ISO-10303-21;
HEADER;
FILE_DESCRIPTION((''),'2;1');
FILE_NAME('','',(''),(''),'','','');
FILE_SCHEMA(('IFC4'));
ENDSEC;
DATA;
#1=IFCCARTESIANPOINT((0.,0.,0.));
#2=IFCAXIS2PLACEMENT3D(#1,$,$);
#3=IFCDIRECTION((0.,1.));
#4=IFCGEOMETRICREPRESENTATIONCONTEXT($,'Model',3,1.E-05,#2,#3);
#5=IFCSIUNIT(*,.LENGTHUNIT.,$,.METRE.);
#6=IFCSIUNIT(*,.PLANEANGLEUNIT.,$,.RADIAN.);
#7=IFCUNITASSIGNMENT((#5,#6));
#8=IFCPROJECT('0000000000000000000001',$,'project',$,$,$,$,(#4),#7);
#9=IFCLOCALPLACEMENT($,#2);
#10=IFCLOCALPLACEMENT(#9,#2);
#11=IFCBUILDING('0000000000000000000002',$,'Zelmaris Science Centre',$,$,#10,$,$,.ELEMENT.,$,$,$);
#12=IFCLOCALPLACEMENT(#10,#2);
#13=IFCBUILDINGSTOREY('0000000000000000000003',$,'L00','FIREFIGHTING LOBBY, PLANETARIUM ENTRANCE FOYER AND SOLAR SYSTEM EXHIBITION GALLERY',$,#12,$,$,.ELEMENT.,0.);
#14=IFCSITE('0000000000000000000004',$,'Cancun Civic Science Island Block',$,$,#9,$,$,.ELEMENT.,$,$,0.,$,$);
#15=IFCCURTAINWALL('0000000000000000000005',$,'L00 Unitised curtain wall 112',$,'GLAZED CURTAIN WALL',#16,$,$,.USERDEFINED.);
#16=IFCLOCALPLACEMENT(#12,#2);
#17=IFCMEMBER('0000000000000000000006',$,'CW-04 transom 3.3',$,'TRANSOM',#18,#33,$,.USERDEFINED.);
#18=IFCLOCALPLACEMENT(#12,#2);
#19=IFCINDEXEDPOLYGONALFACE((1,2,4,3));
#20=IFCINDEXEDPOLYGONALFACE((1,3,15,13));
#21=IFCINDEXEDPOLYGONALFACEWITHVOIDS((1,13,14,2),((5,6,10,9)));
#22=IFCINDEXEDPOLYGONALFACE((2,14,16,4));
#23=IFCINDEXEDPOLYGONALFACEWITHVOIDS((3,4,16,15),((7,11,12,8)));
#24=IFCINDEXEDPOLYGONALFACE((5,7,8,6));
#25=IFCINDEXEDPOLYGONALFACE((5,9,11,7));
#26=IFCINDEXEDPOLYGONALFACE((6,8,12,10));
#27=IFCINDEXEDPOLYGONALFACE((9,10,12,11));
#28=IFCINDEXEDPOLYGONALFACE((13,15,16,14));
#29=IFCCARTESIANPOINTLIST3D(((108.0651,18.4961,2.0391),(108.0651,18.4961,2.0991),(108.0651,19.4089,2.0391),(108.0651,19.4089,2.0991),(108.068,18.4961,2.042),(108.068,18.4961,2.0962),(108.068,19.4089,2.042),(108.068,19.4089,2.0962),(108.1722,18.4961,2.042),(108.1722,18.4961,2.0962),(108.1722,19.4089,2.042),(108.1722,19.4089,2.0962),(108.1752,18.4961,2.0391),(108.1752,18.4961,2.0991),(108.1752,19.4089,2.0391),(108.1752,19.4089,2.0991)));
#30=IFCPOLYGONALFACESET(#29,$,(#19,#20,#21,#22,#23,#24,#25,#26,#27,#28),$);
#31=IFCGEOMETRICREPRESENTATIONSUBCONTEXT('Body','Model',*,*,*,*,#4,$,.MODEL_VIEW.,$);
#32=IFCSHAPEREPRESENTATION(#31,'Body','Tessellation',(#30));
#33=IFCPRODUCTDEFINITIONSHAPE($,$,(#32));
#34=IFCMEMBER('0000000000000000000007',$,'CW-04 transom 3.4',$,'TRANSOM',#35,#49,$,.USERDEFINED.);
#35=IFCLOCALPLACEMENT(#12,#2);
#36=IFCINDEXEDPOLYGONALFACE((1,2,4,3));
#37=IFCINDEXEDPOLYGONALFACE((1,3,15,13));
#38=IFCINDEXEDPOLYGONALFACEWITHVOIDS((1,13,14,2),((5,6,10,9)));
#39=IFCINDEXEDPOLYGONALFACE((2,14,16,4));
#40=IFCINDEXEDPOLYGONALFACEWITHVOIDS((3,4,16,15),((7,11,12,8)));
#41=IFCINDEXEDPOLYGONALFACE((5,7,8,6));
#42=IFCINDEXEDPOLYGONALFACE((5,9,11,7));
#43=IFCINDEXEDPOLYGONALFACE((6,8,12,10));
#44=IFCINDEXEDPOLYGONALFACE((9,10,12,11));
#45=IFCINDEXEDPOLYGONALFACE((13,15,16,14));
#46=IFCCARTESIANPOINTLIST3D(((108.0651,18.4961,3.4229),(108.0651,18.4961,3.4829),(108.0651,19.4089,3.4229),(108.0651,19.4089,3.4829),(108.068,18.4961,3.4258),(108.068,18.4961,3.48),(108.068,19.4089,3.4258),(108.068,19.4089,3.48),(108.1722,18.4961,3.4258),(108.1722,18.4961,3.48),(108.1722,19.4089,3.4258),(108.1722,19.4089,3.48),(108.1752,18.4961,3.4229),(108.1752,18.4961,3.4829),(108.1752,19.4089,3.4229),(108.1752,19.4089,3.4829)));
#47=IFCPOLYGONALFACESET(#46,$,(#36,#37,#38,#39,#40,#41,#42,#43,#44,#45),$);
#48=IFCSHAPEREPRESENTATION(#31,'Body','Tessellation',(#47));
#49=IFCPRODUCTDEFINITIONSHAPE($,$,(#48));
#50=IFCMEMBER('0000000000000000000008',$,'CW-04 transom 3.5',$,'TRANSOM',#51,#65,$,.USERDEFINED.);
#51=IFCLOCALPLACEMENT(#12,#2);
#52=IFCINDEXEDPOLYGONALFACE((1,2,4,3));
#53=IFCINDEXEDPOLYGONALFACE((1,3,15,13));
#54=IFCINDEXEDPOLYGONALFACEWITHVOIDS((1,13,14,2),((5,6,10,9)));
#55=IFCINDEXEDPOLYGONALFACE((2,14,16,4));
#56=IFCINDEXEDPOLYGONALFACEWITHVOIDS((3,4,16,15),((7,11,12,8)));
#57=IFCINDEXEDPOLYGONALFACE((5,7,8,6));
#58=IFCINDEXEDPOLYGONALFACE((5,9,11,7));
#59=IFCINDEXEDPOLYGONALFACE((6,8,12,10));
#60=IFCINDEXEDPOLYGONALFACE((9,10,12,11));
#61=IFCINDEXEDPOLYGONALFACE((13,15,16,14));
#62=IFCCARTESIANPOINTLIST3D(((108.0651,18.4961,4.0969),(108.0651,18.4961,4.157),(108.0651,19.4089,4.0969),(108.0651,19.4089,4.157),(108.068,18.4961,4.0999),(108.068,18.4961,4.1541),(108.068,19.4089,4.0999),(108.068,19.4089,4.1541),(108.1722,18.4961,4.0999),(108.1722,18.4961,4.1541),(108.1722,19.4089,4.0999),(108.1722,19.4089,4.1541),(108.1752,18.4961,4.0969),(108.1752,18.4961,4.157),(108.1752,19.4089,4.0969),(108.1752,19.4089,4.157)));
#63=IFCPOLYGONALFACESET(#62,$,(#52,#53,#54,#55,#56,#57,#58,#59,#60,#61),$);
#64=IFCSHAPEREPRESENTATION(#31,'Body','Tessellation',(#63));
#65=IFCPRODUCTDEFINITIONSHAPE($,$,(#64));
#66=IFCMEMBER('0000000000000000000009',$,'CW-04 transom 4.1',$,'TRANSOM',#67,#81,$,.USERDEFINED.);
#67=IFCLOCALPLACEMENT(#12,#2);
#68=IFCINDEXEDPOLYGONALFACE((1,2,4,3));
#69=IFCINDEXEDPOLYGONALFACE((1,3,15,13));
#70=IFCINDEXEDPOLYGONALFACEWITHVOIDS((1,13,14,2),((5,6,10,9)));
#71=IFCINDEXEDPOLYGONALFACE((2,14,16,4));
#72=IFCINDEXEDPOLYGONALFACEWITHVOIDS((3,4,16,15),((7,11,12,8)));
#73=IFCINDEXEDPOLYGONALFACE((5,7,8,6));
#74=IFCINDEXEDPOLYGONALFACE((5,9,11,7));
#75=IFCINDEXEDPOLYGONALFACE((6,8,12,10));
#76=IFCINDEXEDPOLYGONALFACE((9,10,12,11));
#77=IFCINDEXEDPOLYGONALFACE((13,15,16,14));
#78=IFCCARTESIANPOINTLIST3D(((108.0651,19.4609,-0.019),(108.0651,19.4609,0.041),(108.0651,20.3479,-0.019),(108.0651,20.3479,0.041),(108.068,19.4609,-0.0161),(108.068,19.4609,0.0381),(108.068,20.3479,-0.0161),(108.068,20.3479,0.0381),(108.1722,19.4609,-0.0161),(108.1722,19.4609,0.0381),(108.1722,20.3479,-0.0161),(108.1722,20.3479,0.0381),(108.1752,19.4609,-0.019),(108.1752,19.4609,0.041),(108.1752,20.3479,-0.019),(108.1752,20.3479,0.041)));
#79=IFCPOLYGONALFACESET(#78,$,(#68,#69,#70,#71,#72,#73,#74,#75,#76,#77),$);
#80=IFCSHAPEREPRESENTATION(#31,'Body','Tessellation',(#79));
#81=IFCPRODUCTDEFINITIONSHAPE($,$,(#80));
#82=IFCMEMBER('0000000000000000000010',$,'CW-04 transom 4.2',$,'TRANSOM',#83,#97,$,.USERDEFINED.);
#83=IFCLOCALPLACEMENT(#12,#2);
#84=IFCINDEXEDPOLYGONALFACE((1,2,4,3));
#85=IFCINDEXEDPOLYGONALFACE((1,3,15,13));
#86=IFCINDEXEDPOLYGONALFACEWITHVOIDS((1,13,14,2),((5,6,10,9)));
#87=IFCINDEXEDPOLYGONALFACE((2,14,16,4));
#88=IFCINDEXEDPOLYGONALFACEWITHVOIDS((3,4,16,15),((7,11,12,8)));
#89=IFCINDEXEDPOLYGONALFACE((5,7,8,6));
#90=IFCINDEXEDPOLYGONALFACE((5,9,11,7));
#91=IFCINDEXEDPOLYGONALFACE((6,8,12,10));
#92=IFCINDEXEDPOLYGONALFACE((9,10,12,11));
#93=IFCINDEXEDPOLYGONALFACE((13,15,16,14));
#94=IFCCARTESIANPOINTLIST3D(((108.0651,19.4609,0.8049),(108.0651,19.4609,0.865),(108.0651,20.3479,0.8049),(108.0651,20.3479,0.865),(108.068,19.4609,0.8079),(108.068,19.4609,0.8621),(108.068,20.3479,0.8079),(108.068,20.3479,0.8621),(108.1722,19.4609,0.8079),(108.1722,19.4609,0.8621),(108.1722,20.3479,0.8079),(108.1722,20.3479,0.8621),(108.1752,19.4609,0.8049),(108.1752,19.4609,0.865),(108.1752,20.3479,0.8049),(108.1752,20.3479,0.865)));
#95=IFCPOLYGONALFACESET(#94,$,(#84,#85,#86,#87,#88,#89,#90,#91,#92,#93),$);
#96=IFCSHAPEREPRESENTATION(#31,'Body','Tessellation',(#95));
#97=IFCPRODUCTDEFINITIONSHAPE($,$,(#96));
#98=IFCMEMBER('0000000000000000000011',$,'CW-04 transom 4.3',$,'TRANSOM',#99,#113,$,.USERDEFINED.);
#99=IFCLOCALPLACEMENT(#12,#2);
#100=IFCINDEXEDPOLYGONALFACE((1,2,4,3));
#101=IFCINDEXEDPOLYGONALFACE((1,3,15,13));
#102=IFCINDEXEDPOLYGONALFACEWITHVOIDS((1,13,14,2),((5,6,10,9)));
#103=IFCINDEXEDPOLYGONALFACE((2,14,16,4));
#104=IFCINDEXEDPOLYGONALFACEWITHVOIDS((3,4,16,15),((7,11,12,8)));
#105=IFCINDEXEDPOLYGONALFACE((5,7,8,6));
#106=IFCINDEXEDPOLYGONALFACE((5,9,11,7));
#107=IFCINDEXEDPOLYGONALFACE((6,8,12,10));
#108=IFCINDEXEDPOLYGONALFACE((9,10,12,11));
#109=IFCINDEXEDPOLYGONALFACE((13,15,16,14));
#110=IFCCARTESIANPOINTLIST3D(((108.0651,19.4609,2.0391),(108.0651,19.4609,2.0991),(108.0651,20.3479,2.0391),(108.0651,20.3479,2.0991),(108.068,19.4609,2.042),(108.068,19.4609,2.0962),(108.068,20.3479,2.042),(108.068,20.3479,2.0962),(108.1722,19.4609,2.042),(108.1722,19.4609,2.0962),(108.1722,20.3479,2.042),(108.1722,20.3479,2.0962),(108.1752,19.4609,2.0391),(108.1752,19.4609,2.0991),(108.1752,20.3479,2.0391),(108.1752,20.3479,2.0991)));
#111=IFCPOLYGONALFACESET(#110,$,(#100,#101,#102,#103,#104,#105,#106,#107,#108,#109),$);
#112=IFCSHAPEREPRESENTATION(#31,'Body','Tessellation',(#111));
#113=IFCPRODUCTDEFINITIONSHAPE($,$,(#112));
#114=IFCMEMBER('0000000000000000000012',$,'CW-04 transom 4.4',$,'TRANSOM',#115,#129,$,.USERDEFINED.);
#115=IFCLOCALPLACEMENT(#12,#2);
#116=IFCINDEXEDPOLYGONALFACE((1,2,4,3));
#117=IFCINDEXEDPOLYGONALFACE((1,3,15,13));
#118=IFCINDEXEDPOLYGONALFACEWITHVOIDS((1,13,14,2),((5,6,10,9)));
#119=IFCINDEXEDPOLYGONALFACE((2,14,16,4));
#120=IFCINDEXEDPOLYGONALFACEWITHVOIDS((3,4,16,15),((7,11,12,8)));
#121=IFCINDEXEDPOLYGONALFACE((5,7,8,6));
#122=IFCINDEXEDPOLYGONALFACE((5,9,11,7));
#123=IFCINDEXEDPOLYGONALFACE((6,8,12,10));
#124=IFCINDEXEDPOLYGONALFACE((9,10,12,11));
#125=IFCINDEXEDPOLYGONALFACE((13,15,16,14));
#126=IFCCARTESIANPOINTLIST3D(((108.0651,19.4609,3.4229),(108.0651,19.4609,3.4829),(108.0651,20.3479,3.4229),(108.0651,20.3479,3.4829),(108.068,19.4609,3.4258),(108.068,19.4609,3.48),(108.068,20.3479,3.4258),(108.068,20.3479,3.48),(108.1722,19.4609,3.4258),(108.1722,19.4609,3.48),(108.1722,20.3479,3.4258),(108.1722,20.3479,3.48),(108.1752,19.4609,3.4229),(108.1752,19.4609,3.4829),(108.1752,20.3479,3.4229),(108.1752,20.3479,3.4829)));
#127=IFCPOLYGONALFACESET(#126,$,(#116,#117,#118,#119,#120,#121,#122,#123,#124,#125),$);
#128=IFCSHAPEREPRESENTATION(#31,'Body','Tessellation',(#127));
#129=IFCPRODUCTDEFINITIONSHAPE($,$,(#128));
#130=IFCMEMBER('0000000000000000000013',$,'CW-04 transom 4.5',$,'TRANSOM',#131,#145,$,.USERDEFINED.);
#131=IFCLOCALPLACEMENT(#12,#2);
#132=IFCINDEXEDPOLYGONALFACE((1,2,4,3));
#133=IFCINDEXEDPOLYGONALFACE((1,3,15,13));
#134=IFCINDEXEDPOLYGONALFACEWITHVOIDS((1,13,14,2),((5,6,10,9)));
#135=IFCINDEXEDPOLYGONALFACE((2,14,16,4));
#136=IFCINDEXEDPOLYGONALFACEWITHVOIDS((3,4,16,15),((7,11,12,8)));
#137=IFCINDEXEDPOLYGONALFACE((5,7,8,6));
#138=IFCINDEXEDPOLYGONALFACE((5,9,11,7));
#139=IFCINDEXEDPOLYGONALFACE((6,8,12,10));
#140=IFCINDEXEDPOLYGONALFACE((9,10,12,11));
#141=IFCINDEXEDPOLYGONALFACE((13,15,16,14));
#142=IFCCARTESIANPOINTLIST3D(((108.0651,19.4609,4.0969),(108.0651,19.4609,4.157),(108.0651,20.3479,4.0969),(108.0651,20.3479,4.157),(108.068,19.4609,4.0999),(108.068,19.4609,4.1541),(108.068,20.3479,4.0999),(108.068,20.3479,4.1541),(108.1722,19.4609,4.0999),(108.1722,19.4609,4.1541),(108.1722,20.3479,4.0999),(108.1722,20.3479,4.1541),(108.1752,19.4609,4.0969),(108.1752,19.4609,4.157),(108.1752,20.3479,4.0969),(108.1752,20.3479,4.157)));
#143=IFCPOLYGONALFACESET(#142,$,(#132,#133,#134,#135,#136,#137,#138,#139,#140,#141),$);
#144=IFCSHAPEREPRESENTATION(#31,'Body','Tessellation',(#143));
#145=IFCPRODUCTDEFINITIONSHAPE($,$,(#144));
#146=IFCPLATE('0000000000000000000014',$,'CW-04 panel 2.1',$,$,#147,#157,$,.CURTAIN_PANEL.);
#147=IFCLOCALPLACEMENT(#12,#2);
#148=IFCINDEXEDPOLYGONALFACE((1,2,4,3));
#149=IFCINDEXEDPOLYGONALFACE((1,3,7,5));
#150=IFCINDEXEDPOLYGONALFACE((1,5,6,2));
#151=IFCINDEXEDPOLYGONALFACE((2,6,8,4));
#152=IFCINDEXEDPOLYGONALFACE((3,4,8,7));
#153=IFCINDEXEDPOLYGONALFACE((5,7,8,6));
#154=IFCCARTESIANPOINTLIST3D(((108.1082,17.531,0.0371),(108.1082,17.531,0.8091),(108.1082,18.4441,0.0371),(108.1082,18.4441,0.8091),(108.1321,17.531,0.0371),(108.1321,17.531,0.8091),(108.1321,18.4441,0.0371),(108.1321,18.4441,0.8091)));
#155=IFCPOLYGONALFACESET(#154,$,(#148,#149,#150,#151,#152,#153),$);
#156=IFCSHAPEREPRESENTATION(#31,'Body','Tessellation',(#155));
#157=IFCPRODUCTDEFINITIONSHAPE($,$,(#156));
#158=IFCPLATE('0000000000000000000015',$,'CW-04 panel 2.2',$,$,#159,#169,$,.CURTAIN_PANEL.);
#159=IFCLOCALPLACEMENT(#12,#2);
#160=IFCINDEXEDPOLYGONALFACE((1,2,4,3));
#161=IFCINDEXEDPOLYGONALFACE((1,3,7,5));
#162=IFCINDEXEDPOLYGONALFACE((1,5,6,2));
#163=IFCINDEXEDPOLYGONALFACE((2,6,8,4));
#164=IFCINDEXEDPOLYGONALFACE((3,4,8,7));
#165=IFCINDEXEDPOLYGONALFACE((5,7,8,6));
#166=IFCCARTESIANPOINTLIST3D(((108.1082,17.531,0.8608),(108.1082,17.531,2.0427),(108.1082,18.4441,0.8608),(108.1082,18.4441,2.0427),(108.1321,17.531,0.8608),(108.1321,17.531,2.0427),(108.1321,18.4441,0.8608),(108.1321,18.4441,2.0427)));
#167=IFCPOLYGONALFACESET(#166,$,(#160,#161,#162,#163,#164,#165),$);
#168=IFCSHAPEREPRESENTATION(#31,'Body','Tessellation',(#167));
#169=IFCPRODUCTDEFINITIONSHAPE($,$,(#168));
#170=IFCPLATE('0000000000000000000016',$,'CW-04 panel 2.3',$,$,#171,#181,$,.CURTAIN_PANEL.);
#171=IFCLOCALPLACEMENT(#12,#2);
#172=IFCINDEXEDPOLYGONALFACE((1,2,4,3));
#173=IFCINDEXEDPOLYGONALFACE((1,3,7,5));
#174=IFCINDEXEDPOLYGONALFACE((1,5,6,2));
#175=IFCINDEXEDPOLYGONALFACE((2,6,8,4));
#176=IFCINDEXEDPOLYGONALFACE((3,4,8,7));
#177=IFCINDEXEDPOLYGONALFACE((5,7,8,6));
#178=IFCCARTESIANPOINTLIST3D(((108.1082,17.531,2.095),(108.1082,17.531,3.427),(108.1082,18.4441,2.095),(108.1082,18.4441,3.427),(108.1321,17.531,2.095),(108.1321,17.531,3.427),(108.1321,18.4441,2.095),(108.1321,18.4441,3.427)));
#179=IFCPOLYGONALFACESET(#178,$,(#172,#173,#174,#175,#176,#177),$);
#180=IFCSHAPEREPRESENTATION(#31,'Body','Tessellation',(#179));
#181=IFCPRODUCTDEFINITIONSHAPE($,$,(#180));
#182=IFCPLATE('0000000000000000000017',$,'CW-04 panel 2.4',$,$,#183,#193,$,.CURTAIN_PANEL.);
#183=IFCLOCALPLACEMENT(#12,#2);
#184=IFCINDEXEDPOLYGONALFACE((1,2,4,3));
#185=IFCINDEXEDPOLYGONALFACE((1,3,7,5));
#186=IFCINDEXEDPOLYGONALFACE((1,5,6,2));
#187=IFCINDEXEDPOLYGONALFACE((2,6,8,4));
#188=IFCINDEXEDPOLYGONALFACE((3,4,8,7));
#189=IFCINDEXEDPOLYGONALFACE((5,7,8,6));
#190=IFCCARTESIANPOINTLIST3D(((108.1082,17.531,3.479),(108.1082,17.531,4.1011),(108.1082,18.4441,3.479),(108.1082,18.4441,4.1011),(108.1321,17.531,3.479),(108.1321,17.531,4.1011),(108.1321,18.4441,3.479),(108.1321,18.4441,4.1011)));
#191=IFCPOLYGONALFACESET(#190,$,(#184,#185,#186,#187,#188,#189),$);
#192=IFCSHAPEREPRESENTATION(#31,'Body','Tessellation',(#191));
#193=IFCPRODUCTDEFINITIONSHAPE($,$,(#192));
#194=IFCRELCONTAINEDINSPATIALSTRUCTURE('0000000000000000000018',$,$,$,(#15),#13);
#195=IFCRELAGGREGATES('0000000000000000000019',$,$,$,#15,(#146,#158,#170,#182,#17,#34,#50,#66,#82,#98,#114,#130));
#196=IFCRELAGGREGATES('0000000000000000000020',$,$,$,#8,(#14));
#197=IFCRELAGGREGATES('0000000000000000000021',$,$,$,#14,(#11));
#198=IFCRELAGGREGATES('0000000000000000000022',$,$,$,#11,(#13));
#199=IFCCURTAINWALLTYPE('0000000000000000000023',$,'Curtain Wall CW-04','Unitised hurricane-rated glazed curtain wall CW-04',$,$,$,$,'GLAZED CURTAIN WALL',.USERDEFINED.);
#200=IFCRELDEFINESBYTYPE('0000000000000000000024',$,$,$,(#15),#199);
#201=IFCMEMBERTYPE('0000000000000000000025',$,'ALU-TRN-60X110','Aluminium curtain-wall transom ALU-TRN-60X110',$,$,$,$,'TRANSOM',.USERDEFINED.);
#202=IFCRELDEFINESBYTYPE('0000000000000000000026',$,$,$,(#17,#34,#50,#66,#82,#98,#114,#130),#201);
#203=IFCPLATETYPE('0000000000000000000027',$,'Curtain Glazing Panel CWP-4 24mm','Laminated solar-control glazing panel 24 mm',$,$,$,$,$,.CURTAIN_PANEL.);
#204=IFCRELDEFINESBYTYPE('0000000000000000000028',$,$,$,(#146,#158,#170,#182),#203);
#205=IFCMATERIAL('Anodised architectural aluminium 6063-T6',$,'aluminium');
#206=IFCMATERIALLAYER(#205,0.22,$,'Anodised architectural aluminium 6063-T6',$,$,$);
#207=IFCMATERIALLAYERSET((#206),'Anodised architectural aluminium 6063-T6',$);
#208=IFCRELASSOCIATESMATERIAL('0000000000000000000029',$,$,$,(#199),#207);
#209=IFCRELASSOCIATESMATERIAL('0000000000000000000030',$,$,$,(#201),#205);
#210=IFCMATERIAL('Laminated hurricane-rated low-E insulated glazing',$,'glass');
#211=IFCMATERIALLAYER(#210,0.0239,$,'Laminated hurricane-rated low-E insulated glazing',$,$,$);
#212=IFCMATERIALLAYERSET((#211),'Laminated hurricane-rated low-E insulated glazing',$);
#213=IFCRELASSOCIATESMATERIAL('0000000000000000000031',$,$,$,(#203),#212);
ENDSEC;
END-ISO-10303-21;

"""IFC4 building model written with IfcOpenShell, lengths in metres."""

from ifc_helpers import new_model, si_unit, direction, frame, origin, origin_2d, place, context, subcontext, project, spatial, rectangle, hollow_rectangle, extrude, material, layer, layer_set, material_profile, profile_set, type_object, element, aggregate, save


model = new_model("IFC4")

# Units and contexts
model_context = context("Model", 3, precision=1e-05, world=origin(), true_north=direction((0.0, 1.0)))
body_context = subcontext(model_context, "Body", "Model", "MODEL_VIEW")
ifc_project = project(units=[si_unit("LENGTHUNIT", "METRE"), si_unit("PLANEANGLEUNIT", "RADIAN")], contexts=[model_context])

# Site, building, storey
site_placement = place(None, origin())
site = spatial("IfcSite", under=ifc_project, at=site_placement, Name="Cancun Civic Science Island Block", CompositionType="ELEMENT", RefElevation=0.0)
building_placement = place(site_placement, origin())
building = spatial("IfcBuilding", under=site, at=building_placement, Name="Zelmaris Science Centre", CompositionType="ELEMENT")
storey_placement = place(building_placement, origin())
storey = spatial("IfcBuildingStorey", under=building, at=storey_placement, Name="L00", Description="FIREFIGHTING LOBBY, PLANETARIUM ENTRANCE FOYER AND SOLAR SYSTEM EXHIBITION GALLERY", CompositionType="ELEMENT", Elevation=0.0)

# Curtain wall, members, plates
ifc_material_1 = material(Name="Anodised architectural aluminium 6063-T6", Category="aluminium")
ifc_layer_1 = layer(ifc_material_1, 0.22, Name="Anodised architectural aluminium 6063-T6")
ifc_layer_set_1 = layer_set([ifc_layer_1], Name="Anodised architectural aluminium 6063-T6")
curtain_wall_type = type_object("IfcCurtainWallType", Name="Curtain Wall CW-04", Description="Unitised hurricane-rated glazed curtain wall CW-04", ElementType="GLAZED CURTAIN WALL", PredefinedType="USERDEFINED", material=ifc_layer_set_1)
curtain_wall_placement = place(storey_placement, origin())
curtain_wall = element("IfcCurtainWall", 1, at=curtain_wall_placement, inside=storey, type_object=curtain_wall_type, Name="L00 Unitised curtain wall 112", ObjectType="GLAZED CURTAIN WALL", PredefinedType="USERDEFINED")
ifc_material_profile_1 = material_profile(ifc_material_1, hollow_rectangle(XDim=0.0601, YDim=0.1101, WallThickness=0.0029, at=origin_2d()), Name="ALU-TRN-60X110")
ifc_profile_set_1 = profile_set([ifc_material_profile_1], Name="Anodised architectural aluminium 6063-T6")
member_type_1 = type_object("IfcMemberType", Name="ALU-TRN-60X110", Description="Aluminium curtain-wall transom ALU-TRN-60X110", ElementType="TRANSOM", PredefinedType="USERDEFINED", material=ifc_profile_set_1)
member_1_placement = place(storey_placement, frame((108.1201, 18.4961, 2.0691), z_axis=(0.0, 1.0, 0.0), x_axis=(0.0, 0.0, 1.0)))
member_1 = element("IfcMember", 2, at=member_1_placement, type_object=member_type_1, Name="CW-04 transom 3.3", ObjectType="TRANSOM", PredefinedType="USERDEFINED", context=body_context, shape_type="SweptSolid", body=[
    extrude(hollow_rectangle(XDim=0.0601, YDim=0.1101, WallThickness=0.0029, at=origin_2d()), origin(), (0.0, 0.0, 1.0), 0.9128),
])
member_2_placement = place(storey_placement, frame((108.1201, 18.4961, 3.4529), z_axis=(0.0, 1.0, 0.0), x_axis=(0.0, 0.0, 1.0)))
member_2 = element("IfcMember", 3, at=member_2_placement, type_object=member_type_1, Name="CW-04 transom 3.4", ObjectType="TRANSOM", PredefinedType="USERDEFINED", context=body_context, shape_type="SweptSolid", body=[
    extrude(hollow_rectangle(XDim=0.0601, YDim=0.1101, WallThickness=0.0029, at=origin_2d()), origin(), (0.0, 0.0, 1.0), 0.9128),
])
member_3_placement = place(storey_placement, frame((108.1201, 18.4961, 4.127), z_axis=(0.0, 1.0, 0.0), x_axis=(0.0, 0.0, 1.0)))
member_3 = element("IfcMember", 4, at=member_3_placement, type_object=member_type_1, Name="CW-04 transom 3.5", ObjectType="TRANSOM", PredefinedType="USERDEFINED", context=body_context, shape_type="SweptSolid", body=[
    extrude(hollow_rectangle(XDim=0.0601, YDim=0.1101, WallThickness=0.0029, at=origin_2d()), origin(), (0.0, 0.0, 1.0), 0.9128),
])
member_4_placement = place(storey_placement, frame((108.1201, 19.4609, 0.011), z_axis=(0.0, 1.0, 0.0), x_axis=(0.0, 0.0, 1.0)))
member_4 = element("IfcMember", 5, at=member_4_placement, type_object=member_type_1, Name="CW-04 transom 4.1", ObjectType="TRANSOM", PredefinedType="USERDEFINED", context=body_context, shape_type="SweptSolid", body=[
    extrude(hollow_rectangle(XDim=0.0601, YDim=0.1101, WallThickness=0.0029, at=origin_2d()), origin(), (0.0, 0.0, 1.0), 0.887),
])
member_5_placement = place(storey_placement, frame((108.1201, 19.4609, 0.835), z_axis=(0.0, 1.0, 0.0), x_axis=(0.0, 0.0, 1.0)))
member_5 = element("IfcMember", 6, at=member_5_placement, type_object=member_type_1, Name="CW-04 transom 4.2", ObjectType="TRANSOM", PredefinedType="USERDEFINED", context=body_context, shape_type="SweptSolid", body=[
    extrude(hollow_rectangle(XDim=0.0601, YDim=0.1101, WallThickness=0.0029, at=origin_2d()), origin(), (0.0, 0.0, 1.0), 0.887),
])
member_6_placement = place(storey_placement, frame((108.1201, 19.4609, 2.0691), z_axis=(0.0, 1.0, 0.0), x_axis=(0.0, 0.0, 1.0)))
member_6 = element("IfcMember", 7, at=member_6_placement, type_object=member_type_1, Name="CW-04 transom 4.3", ObjectType="TRANSOM", PredefinedType="USERDEFINED", context=body_context, shape_type="SweptSolid", body=[
    extrude(hollow_rectangle(XDim=0.0601, YDim=0.1101, WallThickness=0.0029, at=origin_2d()), origin(), (0.0, 0.0, 1.0), 0.887),
])
member_7_placement = place(storey_placement, frame((108.1201, 19.4609, 3.4529), z_axis=(0.0, 1.0, 0.0), x_axis=(0.0, 0.0, 1.0)))
member_7 = element("IfcMember", 8, at=member_7_placement, type_object=member_type_1, Name="CW-04 transom 4.4", ObjectType="TRANSOM", PredefinedType="USERDEFINED", context=body_context, shape_type="SweptSolid", body=[
    extrude(hollow_rectangle(XDim=0.0601, YDim=0.1101, WallThickness=0.0029, at=origin_2d()), origin(), (0.0, 0.0, 1.0), 0.887),
])
member_8_placement = place(storey_placement, frame((108.1201, 19.4609, 4.127), z_axis=(0.0, 1.0, 0.0), x_axis=(0.0, 0.0, 1.0)))
member_8 = element("IfcMember", 9, at=member_8_placement, type_object=member_type_1, Name="CW-04 transom 4.5", ObjectType="TRANSOM", PredefinedType="USERDEFINED", context=body_context, shape_type="SweptSolid", body=[
    extrude(hollow_rectangle(XDim=0.0601, YDim=0.1101, WallThickness=0.0029, at=origin_2d()), origin(), (0.0, 0.0, 1.0), 0.887),
])
ifc_material_2 = material(Name="Laminated hurricane-rated low-E insulated glazing", Category="glass")
ifc_layer_2 = layer(ifc_material_2, 0.0239, Name="Laminated hurricane-rated low-E insulated glazing")
ifc_layer_set_2 = layer_set([ifc_layer_2], Name="Laminated hurricane-rated low-E insulated glazing")
plate_type = type_object("IfcPlateType", Name="Curtain Glazing Panel CWP-4 24mm", Description="Laminated solar-control glazing panel 24 mm", PredefinedType="CURTAIN_PANEL", material=ifc_layer_set_2)
plate_1_placement = place(storey_placement, frame((108.1201, 17.9875, 0.0371), z_axis=(0.0, 0.0, 1.0), x_axis=(0.0, 1.0, 0.0)))
plate_1 = element("IfcPlate", 10, at=plate_1_placement, type_object=plate_type, Name="CW-04 panel 2.1", PredefinedType="CURTAIN_PANEL", context=body_context, shape_type="SweptSolid", body=[
    extrude(rectangle(XDim=0.9131, YDim=0.0239, at=origin_2d()), origin(), (0.0, 0.0, 1.0), 0.772),
])
plate_2_placement = place(storey_placement, frame((108.1201, 17.9875, 0.8608), z_axis=(0.0, 0.0, 1.0), x_axis=(0.0, 1.0, 0.0)))
plate_2 = element("IfcPlate", 11, at=plate_2_placement, type_object=plate_type, Name="CW-04 panel 2.2", PredefinedType="CURTAIN_PANEL", context=body_context, shape_type="SweptSolid", body=[
    extrude(rectangle(XDim=0.9131, YDim=0.0239, at=origin_2d()), origin(), (0.0, 0.0, 1.0), 1.1819),
])
plate_3_placement = place(storey_placement, frame((108.1201, 17.9875, 2.095), z_axis=(0.0, 0.0, 1.0), x_axis=(0.0, 1.0, 0.0)))
plate_3 = element("IfcPlate", 12, at=plate_3_placement, type_object=plate_type, Name="CW-04 panel 2.3", PredefinedType="CURTAIN_PANEL", context=body_context, shape_type="SweptSolid", body=[
    extrude(rectangle(XDim=0.9131, YDim=0.0239, at=origin_2d()), origin(), (0.0, 0.0, 1.0), 1.332),
])
plate_4_placement = place(storey_placement, frame((108.1201, 17.9875, 3.479), z_axis=(0.0, 0.0, 1.0), x_axis=(0.0, 1.0, 0.0)))
plate_4 = element("IfcPlate", 13, at=plate_4_placement, type_object=plate_type, Name="CW-04 panel 2.4", PredefinedType="CURTAIN_PANEL", context=body_context, shape_type="SweptSolid", body=[
    extrude(rectangle(XDim=0.9131, YDim=0.0239, at=origin_2d()), origin(), (0.0, 0.0, 1.0), 0.6221),
])
aggregate(curtain_wall, [plate_1, plate_2, plate_3, plate_4, member_1, member_2, member_3, member_4, member_5, member_6, member_7, member_8])

save(model, "model.ifc")
